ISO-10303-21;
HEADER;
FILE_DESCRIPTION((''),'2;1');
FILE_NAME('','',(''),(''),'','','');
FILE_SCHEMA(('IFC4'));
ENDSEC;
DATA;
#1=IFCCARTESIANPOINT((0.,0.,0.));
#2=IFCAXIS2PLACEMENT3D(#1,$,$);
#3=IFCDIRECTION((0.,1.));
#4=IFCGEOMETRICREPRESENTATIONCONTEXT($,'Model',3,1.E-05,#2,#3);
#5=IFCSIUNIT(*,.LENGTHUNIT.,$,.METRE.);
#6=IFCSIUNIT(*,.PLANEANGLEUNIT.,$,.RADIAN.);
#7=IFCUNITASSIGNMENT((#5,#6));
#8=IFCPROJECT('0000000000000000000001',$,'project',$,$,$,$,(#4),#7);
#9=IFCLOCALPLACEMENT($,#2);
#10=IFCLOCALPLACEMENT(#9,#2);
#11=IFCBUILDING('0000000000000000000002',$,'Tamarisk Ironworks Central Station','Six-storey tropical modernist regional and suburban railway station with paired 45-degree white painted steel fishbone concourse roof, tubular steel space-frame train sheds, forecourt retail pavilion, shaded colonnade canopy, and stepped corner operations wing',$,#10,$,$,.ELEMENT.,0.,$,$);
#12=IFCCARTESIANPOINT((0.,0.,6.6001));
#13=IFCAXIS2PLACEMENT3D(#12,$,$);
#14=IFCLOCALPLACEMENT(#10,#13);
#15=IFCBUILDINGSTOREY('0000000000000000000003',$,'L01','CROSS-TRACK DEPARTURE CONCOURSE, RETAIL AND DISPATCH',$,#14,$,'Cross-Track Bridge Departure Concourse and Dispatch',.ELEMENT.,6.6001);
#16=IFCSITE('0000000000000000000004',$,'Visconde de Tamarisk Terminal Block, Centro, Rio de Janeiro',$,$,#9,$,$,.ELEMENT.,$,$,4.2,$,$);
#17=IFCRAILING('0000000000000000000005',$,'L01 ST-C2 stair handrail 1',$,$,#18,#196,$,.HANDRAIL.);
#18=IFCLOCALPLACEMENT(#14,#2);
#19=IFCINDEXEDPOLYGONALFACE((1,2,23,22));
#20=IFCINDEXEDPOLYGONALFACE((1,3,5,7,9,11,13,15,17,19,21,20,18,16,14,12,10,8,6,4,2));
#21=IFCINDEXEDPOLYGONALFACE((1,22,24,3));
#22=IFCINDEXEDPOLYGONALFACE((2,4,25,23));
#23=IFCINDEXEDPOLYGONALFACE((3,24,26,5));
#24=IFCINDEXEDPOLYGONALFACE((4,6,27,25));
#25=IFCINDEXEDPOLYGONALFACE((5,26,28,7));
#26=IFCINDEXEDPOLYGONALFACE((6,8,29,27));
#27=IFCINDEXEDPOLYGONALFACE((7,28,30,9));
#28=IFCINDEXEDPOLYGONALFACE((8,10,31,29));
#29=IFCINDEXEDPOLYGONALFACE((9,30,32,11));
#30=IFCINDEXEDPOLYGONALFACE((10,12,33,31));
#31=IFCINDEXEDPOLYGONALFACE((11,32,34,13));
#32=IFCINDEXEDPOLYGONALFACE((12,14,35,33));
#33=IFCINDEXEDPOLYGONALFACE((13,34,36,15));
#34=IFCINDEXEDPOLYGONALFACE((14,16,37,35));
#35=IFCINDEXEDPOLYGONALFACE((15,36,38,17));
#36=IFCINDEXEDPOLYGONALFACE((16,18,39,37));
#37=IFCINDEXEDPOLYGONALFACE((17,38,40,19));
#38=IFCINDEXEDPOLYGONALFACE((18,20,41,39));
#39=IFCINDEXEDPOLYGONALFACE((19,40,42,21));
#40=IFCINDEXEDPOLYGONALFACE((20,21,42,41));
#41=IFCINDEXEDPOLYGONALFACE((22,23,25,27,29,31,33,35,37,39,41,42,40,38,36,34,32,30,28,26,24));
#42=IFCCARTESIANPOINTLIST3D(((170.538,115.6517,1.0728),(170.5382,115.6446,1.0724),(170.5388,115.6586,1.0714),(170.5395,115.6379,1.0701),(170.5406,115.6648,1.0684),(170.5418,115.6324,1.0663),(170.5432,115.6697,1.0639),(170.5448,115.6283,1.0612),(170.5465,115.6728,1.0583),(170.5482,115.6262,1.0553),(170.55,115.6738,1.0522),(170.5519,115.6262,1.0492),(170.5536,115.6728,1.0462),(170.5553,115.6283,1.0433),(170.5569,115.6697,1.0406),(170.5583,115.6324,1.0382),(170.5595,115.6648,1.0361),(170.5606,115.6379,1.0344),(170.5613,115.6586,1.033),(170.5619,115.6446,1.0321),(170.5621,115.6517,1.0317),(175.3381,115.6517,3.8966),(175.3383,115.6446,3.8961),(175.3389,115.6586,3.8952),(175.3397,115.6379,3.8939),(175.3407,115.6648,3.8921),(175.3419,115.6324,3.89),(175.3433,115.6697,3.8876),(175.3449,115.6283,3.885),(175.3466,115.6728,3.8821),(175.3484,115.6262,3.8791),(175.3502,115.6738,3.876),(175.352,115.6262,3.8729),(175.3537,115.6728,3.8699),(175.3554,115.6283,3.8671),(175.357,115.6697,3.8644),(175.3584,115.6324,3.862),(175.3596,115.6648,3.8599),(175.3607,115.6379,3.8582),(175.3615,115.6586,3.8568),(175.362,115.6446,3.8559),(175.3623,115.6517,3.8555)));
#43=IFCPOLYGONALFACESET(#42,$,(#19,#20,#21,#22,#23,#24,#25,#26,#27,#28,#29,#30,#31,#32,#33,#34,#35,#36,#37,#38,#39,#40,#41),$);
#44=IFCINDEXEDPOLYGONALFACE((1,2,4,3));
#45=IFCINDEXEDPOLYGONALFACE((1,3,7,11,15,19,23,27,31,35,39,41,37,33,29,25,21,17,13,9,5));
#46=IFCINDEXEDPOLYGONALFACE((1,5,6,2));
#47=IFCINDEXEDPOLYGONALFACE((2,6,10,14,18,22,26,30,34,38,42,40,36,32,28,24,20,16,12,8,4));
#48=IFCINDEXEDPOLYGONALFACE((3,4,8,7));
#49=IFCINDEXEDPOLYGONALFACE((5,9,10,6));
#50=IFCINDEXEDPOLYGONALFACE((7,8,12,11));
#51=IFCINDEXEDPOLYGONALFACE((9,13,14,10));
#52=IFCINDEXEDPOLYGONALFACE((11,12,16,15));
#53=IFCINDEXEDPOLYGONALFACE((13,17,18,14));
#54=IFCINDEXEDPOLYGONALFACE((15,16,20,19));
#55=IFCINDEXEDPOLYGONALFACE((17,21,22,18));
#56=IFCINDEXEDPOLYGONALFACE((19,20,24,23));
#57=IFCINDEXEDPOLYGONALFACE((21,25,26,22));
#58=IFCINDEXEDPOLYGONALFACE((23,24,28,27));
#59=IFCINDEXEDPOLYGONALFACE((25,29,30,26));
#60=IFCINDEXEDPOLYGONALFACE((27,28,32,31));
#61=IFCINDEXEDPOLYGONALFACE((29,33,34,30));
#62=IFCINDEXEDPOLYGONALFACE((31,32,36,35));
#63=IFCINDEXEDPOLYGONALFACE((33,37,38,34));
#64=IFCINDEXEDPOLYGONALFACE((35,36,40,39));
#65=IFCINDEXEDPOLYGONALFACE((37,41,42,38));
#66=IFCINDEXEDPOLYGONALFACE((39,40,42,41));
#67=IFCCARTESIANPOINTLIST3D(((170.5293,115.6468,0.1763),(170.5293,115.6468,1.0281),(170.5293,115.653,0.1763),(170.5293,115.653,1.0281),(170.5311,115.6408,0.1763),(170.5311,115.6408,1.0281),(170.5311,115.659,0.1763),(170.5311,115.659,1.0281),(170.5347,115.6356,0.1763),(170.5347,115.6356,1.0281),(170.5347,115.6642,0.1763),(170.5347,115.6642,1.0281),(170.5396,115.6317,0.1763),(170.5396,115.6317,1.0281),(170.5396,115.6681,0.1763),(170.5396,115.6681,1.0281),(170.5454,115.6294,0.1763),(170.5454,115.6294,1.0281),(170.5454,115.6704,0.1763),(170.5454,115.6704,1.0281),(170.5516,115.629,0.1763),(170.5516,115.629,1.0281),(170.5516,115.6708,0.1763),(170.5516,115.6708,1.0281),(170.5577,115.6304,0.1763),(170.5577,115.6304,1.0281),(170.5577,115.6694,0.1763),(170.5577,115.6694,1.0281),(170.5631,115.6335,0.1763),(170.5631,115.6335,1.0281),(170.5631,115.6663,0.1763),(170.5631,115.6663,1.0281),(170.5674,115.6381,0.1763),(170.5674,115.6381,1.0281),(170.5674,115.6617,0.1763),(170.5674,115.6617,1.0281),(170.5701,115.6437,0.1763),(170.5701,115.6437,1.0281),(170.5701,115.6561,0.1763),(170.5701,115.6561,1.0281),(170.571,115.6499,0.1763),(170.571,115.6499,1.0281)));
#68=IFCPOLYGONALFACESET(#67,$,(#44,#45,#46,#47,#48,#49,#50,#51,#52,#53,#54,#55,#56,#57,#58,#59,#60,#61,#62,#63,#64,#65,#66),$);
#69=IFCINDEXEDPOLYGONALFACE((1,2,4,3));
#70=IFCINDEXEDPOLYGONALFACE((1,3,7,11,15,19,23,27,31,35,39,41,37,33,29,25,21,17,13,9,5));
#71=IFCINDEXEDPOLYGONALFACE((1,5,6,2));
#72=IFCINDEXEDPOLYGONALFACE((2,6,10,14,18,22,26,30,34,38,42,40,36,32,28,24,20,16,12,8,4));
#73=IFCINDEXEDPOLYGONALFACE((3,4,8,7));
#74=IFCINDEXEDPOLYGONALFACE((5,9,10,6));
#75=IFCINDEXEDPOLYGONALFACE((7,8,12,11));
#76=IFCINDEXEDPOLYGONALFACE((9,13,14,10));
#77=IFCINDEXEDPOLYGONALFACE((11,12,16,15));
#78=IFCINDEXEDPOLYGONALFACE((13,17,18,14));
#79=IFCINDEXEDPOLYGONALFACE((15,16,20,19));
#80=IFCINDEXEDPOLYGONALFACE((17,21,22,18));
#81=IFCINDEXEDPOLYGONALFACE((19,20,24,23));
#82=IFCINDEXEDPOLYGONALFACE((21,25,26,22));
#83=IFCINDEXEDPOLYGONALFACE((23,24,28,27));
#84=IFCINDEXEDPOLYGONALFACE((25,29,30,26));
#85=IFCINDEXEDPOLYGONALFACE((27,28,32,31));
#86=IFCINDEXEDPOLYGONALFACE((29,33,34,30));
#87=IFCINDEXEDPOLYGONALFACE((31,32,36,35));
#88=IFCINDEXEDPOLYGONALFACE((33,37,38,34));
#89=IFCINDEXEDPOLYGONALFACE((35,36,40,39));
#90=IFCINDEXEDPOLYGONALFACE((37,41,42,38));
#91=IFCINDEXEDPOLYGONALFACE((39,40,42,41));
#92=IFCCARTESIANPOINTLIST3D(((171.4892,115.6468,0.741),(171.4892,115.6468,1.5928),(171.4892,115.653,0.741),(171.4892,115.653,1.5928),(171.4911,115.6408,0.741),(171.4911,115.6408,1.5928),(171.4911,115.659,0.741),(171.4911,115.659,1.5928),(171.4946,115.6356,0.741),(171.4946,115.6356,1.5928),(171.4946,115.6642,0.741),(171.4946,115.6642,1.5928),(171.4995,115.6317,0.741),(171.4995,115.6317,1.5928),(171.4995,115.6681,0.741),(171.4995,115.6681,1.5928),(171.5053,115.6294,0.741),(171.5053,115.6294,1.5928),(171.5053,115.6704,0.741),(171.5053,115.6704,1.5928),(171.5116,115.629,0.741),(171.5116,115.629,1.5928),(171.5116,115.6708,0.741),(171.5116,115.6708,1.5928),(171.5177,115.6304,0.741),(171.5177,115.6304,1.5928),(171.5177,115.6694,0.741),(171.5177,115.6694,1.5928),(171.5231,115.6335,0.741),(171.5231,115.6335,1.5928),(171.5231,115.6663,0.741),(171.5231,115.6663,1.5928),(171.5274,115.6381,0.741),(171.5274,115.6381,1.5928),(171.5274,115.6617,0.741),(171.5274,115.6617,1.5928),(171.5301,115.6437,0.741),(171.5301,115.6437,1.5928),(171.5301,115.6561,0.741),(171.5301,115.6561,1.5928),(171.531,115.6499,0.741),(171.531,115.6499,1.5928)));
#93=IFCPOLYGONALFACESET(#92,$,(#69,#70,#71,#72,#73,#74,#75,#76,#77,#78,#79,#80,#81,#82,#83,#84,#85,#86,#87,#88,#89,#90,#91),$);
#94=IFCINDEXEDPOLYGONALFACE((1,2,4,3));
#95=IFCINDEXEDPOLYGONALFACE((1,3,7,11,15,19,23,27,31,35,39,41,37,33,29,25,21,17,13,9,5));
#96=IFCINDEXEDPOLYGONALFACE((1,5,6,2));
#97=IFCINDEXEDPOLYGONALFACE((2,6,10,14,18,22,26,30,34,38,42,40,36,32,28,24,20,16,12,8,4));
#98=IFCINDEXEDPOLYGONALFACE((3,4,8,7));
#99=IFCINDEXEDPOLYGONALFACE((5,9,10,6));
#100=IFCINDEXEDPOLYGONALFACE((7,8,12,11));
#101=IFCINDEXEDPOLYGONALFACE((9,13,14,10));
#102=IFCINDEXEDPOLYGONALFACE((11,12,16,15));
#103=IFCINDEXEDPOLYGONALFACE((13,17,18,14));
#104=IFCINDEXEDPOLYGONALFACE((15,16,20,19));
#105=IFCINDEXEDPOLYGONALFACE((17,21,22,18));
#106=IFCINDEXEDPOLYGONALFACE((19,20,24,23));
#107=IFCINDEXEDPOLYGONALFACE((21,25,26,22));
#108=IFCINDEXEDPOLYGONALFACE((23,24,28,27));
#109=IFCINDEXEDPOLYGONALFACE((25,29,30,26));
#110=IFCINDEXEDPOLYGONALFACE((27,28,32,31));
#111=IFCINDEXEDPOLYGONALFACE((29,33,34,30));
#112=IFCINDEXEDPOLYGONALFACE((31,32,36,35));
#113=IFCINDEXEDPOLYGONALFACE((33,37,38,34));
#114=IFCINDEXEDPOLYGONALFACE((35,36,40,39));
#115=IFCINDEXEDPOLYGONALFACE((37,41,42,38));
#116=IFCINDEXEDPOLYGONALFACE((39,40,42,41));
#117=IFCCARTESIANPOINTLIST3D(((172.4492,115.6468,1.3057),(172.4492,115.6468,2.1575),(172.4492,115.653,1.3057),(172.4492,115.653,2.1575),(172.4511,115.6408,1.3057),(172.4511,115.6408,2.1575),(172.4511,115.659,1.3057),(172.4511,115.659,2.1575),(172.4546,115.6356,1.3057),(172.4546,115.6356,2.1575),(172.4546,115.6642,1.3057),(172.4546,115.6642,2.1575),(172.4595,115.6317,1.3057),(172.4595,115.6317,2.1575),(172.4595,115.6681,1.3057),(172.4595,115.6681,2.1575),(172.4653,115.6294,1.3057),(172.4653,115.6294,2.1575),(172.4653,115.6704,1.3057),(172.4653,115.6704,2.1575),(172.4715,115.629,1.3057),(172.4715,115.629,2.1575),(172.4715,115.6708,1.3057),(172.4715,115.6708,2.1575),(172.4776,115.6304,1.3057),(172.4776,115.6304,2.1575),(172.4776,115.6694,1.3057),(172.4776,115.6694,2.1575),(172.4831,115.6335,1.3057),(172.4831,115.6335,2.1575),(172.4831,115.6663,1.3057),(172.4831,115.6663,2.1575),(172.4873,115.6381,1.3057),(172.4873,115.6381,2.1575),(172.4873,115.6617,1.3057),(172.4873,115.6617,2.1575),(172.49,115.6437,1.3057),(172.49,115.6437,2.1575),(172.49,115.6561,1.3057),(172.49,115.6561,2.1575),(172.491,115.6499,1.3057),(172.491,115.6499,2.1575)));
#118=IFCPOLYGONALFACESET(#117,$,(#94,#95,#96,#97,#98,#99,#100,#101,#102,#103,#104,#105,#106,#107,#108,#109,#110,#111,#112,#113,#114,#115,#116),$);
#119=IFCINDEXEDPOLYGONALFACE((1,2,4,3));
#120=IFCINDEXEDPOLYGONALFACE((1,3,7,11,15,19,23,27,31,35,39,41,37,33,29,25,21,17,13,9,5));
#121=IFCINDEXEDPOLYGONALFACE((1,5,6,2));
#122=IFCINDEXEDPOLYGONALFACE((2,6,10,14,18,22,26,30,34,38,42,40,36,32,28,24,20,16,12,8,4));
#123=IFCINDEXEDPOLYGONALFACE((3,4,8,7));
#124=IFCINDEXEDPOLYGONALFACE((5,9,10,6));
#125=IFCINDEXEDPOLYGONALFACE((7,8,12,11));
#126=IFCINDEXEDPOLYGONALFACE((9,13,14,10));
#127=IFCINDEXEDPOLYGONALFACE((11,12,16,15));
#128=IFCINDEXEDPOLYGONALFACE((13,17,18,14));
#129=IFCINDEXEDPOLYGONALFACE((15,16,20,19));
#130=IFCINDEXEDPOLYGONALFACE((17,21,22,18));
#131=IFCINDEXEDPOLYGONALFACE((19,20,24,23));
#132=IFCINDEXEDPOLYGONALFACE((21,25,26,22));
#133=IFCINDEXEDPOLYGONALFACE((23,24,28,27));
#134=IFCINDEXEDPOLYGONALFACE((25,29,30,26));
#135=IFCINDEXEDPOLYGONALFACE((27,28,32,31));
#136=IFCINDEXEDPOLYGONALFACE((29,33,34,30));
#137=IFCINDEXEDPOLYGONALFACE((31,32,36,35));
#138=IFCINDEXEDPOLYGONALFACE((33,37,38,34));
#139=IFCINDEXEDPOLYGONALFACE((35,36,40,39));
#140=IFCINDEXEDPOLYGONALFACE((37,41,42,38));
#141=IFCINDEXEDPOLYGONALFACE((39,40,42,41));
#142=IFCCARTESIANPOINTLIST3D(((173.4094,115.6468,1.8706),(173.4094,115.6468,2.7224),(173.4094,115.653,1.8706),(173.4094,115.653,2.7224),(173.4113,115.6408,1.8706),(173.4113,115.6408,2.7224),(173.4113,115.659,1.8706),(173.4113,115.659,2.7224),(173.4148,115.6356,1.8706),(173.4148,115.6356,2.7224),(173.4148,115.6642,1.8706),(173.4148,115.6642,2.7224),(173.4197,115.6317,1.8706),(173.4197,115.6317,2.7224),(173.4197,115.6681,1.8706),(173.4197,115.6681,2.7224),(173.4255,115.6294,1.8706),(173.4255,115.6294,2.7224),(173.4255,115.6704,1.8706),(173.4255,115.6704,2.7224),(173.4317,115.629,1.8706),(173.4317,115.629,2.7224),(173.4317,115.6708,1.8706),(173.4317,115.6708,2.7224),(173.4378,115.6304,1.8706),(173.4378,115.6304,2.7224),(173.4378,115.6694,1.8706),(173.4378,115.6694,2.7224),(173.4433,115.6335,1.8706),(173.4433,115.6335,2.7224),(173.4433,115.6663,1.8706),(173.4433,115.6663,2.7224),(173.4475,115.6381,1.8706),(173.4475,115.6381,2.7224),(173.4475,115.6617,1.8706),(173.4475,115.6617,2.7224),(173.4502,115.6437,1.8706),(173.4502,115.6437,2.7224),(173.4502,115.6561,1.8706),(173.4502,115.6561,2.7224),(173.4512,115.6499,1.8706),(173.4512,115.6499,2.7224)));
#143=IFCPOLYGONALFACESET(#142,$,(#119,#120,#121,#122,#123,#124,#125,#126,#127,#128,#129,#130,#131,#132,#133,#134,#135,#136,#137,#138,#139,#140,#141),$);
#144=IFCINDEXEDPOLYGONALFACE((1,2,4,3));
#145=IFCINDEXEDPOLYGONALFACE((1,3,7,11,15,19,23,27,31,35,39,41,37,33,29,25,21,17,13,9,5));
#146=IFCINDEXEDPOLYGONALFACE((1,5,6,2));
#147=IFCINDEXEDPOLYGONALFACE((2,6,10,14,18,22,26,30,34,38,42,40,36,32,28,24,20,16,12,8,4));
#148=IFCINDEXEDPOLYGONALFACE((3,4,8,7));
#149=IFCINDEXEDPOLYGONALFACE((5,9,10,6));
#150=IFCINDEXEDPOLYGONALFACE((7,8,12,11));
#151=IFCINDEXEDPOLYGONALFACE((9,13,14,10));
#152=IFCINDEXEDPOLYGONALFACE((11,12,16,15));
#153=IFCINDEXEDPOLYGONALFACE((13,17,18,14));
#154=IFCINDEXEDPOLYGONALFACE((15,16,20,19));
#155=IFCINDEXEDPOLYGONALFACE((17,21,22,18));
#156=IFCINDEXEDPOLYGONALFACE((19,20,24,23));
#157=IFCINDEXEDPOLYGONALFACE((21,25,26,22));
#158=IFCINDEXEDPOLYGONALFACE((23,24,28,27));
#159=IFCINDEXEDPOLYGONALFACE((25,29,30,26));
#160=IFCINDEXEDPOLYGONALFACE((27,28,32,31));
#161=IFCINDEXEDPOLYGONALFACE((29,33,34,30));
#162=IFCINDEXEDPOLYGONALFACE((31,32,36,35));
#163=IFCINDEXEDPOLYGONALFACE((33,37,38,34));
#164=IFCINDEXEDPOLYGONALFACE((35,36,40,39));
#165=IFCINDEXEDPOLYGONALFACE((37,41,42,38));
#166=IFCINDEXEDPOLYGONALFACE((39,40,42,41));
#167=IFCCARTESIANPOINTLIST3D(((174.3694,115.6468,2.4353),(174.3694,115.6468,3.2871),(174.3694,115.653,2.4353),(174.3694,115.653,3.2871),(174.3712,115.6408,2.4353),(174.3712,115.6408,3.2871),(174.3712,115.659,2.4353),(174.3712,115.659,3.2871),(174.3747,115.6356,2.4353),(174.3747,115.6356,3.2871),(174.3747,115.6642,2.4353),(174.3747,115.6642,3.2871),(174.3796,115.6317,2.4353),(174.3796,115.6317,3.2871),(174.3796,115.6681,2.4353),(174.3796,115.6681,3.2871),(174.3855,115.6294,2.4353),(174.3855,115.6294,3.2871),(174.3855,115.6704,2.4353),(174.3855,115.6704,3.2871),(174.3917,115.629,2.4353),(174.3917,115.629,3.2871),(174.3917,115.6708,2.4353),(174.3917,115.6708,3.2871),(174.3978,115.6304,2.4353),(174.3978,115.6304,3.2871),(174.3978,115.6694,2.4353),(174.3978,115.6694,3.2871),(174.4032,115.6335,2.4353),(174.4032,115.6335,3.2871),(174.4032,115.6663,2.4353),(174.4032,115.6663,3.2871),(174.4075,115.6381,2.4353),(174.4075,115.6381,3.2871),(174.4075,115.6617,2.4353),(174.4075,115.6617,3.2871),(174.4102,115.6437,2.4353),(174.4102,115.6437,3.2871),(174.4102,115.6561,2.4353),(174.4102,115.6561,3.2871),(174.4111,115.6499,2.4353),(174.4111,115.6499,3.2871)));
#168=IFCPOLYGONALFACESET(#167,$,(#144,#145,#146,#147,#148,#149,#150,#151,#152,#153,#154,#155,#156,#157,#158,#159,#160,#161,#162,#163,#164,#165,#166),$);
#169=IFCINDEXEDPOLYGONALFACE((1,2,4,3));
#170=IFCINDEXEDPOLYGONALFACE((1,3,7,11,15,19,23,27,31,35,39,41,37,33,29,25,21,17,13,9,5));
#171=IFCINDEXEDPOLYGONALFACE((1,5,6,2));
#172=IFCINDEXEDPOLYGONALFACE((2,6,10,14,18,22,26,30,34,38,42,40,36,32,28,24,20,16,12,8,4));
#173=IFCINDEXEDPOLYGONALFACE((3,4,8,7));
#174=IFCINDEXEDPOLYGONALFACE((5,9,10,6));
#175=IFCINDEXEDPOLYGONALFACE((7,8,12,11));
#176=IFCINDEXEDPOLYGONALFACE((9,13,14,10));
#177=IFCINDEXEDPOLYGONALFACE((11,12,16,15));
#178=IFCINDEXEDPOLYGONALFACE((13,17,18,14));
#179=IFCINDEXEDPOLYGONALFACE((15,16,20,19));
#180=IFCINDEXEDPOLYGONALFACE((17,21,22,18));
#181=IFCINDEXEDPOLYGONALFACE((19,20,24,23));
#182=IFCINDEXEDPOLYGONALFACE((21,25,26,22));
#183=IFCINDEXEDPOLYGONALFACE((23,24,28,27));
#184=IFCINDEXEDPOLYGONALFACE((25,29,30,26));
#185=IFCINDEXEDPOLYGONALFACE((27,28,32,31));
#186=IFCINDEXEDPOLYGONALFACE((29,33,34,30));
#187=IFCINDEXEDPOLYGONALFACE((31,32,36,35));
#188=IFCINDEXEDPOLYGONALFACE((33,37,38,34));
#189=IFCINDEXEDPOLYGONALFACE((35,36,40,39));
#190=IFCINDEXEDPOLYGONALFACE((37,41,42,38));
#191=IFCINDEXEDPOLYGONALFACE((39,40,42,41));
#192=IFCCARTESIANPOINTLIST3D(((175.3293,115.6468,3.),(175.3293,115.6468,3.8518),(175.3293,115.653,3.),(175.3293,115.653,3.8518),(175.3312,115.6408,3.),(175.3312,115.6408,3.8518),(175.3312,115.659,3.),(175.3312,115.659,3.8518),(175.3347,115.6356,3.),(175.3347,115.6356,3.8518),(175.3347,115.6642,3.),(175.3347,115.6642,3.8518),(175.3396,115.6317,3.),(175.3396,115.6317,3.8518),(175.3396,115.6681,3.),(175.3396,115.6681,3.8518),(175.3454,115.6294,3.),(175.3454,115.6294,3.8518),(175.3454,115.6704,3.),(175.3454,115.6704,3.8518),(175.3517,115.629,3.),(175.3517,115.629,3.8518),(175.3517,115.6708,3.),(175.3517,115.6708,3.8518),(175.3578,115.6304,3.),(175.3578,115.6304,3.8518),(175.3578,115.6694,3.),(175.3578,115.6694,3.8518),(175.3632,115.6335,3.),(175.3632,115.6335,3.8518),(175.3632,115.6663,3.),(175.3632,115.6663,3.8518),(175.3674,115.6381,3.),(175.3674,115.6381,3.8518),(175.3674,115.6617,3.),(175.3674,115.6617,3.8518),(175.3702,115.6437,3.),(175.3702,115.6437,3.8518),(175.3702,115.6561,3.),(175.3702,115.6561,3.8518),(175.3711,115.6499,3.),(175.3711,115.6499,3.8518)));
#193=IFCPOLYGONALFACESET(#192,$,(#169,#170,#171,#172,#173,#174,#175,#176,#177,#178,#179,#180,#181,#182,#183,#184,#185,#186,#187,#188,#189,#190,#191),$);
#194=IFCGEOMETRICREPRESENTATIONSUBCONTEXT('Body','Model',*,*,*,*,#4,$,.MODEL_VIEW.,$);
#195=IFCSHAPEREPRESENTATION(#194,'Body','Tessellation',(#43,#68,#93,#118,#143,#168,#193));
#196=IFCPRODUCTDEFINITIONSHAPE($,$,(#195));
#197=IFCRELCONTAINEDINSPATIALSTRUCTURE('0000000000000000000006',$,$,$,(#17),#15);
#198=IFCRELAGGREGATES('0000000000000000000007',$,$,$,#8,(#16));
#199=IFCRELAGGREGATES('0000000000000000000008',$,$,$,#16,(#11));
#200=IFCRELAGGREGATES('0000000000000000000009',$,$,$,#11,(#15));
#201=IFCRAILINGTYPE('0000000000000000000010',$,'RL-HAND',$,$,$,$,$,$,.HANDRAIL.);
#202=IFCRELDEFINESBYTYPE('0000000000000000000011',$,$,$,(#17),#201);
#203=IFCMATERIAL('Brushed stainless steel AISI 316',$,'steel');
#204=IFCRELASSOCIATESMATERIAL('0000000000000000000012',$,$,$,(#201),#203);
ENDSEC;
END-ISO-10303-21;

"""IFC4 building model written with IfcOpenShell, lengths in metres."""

from ifc_helpers import new_model, si_unit, direction, frame, origin, origin_2d, place, context, subcontext, project, spatial, circle, extrude, material, type_object, element, save


model = new_model("IFC4")

# Units and contexts
model_context = context("Model", 3, precision=1e-05, world=origin(), true_north=direction((0.0, 1.0)))
body_context = subcontext(model_context, "Body", "Model", "MODEL_VIEW")
ifc_project = project(units=[si_unit("LENGTHUNIT", "METRE"), si_unit("PLANEANGLEUNIT", "RADIAN")], contexts=[model_context])

# Site, building, storey
site_placement = place(None, origin())
site = spatial("IfcSite", under=ifc_project, at=site_placement, Name="Visconde de Tamarisk Terminal Block, Centro, Rio de Janeiro", CompositionType="ELEMENT", RefElevation=4.2)
building_placement = place(site_placement, origin())
building = spatial("IfcBuilding", under=site, at=building_placement, Name="Tamarisk Ironworks Central Station", Description="Six-storey tropical modernist regional and suburban railway station with paired 45-degree white painted steel fishbone concourse roof, tubular steel space-frame train sheds, forecourt retail pavilion, shaded colonnade canopy, and stepped corner operations wing", CompositionType="ELEMENT", ElevationOfRefHeight=0.0)
storey_placement = place(building_placement, frame((0.0, 0.0, 6.6001)))
storey = spatial("IfcBuildingStorey", under=building, at=storey_placement, Name="L01", Description="CROSS-TRACK DEPARTURE CONCOURSE, RETAIL AND DISPATCH", LongName="Cross-Track Bridge Departure Concourse and Dispatch", CompositionType="ELEMENT", Elevation=6.6001)

# Railing
ifc_material_1 = material(Name="Brushed stainless steel AISI 316", Category="steel")
railing_type_1 = type_object("IfcRailingType", Name="RL-HAND", PredefinedType="HANDRAIL", material=ifc_material_1)
railing_1_placement = place(storey_placement, frame((170.55, 115.6499, 0.1763)))
element("IfcRailing", 1, at=railing_1_placement, inside=storey, type_object=railing_type_1, Name="L01 ST-C2 stair handrail 1", PredefinedType="HANDRAIL", context=body_context, shape_type="SweptSolid", body=[
    extrude(circle(Radius=0.0239, at=origin_2d()), frame((0.0, 0.0, 0.876), z_axis=(0.861921, 0.0, 0.507043), x_axis=(0.0, 1.0, 0.0)), (0.0, 0.0, 1.0), 5.5691),
    extrude(circle(Radius=0.021, at=origin_2d()), origin(), (0.0, 0.0, 1.0), 0.8518),
    extrude(circle(Radius=0.021, at=origin_2d()), frame((0.96, 0.0, 0.5647)), (0.0, 0.0, 1.0), 0.8518),
    extrude(circle(Radius=0.021, at=origin_2d()), frame((1.9199, 0.0, 1.1294)), (0.0, 0.0, 1.0), 0.8518),
    extrude(circle(Radius=0.021, at=origin_2d()), frame((2.8801, 0.0, 1.6943)), (0.0, 0.0, 1.0), 0.8518),
    extrude(circle(Radius=0.021, at=origin_2d()), frame((3.8401, 0.0, 2.259)), (0.0, 0.0, 1.0), 0.8518),
    extrude(circle(Radius=0.021, at=origin_2d()), frame((4.8, 0.0, 2.8237)), (0.0, 0.0, 1.0), 0.8518),
])

save(model, "model.ifc")
